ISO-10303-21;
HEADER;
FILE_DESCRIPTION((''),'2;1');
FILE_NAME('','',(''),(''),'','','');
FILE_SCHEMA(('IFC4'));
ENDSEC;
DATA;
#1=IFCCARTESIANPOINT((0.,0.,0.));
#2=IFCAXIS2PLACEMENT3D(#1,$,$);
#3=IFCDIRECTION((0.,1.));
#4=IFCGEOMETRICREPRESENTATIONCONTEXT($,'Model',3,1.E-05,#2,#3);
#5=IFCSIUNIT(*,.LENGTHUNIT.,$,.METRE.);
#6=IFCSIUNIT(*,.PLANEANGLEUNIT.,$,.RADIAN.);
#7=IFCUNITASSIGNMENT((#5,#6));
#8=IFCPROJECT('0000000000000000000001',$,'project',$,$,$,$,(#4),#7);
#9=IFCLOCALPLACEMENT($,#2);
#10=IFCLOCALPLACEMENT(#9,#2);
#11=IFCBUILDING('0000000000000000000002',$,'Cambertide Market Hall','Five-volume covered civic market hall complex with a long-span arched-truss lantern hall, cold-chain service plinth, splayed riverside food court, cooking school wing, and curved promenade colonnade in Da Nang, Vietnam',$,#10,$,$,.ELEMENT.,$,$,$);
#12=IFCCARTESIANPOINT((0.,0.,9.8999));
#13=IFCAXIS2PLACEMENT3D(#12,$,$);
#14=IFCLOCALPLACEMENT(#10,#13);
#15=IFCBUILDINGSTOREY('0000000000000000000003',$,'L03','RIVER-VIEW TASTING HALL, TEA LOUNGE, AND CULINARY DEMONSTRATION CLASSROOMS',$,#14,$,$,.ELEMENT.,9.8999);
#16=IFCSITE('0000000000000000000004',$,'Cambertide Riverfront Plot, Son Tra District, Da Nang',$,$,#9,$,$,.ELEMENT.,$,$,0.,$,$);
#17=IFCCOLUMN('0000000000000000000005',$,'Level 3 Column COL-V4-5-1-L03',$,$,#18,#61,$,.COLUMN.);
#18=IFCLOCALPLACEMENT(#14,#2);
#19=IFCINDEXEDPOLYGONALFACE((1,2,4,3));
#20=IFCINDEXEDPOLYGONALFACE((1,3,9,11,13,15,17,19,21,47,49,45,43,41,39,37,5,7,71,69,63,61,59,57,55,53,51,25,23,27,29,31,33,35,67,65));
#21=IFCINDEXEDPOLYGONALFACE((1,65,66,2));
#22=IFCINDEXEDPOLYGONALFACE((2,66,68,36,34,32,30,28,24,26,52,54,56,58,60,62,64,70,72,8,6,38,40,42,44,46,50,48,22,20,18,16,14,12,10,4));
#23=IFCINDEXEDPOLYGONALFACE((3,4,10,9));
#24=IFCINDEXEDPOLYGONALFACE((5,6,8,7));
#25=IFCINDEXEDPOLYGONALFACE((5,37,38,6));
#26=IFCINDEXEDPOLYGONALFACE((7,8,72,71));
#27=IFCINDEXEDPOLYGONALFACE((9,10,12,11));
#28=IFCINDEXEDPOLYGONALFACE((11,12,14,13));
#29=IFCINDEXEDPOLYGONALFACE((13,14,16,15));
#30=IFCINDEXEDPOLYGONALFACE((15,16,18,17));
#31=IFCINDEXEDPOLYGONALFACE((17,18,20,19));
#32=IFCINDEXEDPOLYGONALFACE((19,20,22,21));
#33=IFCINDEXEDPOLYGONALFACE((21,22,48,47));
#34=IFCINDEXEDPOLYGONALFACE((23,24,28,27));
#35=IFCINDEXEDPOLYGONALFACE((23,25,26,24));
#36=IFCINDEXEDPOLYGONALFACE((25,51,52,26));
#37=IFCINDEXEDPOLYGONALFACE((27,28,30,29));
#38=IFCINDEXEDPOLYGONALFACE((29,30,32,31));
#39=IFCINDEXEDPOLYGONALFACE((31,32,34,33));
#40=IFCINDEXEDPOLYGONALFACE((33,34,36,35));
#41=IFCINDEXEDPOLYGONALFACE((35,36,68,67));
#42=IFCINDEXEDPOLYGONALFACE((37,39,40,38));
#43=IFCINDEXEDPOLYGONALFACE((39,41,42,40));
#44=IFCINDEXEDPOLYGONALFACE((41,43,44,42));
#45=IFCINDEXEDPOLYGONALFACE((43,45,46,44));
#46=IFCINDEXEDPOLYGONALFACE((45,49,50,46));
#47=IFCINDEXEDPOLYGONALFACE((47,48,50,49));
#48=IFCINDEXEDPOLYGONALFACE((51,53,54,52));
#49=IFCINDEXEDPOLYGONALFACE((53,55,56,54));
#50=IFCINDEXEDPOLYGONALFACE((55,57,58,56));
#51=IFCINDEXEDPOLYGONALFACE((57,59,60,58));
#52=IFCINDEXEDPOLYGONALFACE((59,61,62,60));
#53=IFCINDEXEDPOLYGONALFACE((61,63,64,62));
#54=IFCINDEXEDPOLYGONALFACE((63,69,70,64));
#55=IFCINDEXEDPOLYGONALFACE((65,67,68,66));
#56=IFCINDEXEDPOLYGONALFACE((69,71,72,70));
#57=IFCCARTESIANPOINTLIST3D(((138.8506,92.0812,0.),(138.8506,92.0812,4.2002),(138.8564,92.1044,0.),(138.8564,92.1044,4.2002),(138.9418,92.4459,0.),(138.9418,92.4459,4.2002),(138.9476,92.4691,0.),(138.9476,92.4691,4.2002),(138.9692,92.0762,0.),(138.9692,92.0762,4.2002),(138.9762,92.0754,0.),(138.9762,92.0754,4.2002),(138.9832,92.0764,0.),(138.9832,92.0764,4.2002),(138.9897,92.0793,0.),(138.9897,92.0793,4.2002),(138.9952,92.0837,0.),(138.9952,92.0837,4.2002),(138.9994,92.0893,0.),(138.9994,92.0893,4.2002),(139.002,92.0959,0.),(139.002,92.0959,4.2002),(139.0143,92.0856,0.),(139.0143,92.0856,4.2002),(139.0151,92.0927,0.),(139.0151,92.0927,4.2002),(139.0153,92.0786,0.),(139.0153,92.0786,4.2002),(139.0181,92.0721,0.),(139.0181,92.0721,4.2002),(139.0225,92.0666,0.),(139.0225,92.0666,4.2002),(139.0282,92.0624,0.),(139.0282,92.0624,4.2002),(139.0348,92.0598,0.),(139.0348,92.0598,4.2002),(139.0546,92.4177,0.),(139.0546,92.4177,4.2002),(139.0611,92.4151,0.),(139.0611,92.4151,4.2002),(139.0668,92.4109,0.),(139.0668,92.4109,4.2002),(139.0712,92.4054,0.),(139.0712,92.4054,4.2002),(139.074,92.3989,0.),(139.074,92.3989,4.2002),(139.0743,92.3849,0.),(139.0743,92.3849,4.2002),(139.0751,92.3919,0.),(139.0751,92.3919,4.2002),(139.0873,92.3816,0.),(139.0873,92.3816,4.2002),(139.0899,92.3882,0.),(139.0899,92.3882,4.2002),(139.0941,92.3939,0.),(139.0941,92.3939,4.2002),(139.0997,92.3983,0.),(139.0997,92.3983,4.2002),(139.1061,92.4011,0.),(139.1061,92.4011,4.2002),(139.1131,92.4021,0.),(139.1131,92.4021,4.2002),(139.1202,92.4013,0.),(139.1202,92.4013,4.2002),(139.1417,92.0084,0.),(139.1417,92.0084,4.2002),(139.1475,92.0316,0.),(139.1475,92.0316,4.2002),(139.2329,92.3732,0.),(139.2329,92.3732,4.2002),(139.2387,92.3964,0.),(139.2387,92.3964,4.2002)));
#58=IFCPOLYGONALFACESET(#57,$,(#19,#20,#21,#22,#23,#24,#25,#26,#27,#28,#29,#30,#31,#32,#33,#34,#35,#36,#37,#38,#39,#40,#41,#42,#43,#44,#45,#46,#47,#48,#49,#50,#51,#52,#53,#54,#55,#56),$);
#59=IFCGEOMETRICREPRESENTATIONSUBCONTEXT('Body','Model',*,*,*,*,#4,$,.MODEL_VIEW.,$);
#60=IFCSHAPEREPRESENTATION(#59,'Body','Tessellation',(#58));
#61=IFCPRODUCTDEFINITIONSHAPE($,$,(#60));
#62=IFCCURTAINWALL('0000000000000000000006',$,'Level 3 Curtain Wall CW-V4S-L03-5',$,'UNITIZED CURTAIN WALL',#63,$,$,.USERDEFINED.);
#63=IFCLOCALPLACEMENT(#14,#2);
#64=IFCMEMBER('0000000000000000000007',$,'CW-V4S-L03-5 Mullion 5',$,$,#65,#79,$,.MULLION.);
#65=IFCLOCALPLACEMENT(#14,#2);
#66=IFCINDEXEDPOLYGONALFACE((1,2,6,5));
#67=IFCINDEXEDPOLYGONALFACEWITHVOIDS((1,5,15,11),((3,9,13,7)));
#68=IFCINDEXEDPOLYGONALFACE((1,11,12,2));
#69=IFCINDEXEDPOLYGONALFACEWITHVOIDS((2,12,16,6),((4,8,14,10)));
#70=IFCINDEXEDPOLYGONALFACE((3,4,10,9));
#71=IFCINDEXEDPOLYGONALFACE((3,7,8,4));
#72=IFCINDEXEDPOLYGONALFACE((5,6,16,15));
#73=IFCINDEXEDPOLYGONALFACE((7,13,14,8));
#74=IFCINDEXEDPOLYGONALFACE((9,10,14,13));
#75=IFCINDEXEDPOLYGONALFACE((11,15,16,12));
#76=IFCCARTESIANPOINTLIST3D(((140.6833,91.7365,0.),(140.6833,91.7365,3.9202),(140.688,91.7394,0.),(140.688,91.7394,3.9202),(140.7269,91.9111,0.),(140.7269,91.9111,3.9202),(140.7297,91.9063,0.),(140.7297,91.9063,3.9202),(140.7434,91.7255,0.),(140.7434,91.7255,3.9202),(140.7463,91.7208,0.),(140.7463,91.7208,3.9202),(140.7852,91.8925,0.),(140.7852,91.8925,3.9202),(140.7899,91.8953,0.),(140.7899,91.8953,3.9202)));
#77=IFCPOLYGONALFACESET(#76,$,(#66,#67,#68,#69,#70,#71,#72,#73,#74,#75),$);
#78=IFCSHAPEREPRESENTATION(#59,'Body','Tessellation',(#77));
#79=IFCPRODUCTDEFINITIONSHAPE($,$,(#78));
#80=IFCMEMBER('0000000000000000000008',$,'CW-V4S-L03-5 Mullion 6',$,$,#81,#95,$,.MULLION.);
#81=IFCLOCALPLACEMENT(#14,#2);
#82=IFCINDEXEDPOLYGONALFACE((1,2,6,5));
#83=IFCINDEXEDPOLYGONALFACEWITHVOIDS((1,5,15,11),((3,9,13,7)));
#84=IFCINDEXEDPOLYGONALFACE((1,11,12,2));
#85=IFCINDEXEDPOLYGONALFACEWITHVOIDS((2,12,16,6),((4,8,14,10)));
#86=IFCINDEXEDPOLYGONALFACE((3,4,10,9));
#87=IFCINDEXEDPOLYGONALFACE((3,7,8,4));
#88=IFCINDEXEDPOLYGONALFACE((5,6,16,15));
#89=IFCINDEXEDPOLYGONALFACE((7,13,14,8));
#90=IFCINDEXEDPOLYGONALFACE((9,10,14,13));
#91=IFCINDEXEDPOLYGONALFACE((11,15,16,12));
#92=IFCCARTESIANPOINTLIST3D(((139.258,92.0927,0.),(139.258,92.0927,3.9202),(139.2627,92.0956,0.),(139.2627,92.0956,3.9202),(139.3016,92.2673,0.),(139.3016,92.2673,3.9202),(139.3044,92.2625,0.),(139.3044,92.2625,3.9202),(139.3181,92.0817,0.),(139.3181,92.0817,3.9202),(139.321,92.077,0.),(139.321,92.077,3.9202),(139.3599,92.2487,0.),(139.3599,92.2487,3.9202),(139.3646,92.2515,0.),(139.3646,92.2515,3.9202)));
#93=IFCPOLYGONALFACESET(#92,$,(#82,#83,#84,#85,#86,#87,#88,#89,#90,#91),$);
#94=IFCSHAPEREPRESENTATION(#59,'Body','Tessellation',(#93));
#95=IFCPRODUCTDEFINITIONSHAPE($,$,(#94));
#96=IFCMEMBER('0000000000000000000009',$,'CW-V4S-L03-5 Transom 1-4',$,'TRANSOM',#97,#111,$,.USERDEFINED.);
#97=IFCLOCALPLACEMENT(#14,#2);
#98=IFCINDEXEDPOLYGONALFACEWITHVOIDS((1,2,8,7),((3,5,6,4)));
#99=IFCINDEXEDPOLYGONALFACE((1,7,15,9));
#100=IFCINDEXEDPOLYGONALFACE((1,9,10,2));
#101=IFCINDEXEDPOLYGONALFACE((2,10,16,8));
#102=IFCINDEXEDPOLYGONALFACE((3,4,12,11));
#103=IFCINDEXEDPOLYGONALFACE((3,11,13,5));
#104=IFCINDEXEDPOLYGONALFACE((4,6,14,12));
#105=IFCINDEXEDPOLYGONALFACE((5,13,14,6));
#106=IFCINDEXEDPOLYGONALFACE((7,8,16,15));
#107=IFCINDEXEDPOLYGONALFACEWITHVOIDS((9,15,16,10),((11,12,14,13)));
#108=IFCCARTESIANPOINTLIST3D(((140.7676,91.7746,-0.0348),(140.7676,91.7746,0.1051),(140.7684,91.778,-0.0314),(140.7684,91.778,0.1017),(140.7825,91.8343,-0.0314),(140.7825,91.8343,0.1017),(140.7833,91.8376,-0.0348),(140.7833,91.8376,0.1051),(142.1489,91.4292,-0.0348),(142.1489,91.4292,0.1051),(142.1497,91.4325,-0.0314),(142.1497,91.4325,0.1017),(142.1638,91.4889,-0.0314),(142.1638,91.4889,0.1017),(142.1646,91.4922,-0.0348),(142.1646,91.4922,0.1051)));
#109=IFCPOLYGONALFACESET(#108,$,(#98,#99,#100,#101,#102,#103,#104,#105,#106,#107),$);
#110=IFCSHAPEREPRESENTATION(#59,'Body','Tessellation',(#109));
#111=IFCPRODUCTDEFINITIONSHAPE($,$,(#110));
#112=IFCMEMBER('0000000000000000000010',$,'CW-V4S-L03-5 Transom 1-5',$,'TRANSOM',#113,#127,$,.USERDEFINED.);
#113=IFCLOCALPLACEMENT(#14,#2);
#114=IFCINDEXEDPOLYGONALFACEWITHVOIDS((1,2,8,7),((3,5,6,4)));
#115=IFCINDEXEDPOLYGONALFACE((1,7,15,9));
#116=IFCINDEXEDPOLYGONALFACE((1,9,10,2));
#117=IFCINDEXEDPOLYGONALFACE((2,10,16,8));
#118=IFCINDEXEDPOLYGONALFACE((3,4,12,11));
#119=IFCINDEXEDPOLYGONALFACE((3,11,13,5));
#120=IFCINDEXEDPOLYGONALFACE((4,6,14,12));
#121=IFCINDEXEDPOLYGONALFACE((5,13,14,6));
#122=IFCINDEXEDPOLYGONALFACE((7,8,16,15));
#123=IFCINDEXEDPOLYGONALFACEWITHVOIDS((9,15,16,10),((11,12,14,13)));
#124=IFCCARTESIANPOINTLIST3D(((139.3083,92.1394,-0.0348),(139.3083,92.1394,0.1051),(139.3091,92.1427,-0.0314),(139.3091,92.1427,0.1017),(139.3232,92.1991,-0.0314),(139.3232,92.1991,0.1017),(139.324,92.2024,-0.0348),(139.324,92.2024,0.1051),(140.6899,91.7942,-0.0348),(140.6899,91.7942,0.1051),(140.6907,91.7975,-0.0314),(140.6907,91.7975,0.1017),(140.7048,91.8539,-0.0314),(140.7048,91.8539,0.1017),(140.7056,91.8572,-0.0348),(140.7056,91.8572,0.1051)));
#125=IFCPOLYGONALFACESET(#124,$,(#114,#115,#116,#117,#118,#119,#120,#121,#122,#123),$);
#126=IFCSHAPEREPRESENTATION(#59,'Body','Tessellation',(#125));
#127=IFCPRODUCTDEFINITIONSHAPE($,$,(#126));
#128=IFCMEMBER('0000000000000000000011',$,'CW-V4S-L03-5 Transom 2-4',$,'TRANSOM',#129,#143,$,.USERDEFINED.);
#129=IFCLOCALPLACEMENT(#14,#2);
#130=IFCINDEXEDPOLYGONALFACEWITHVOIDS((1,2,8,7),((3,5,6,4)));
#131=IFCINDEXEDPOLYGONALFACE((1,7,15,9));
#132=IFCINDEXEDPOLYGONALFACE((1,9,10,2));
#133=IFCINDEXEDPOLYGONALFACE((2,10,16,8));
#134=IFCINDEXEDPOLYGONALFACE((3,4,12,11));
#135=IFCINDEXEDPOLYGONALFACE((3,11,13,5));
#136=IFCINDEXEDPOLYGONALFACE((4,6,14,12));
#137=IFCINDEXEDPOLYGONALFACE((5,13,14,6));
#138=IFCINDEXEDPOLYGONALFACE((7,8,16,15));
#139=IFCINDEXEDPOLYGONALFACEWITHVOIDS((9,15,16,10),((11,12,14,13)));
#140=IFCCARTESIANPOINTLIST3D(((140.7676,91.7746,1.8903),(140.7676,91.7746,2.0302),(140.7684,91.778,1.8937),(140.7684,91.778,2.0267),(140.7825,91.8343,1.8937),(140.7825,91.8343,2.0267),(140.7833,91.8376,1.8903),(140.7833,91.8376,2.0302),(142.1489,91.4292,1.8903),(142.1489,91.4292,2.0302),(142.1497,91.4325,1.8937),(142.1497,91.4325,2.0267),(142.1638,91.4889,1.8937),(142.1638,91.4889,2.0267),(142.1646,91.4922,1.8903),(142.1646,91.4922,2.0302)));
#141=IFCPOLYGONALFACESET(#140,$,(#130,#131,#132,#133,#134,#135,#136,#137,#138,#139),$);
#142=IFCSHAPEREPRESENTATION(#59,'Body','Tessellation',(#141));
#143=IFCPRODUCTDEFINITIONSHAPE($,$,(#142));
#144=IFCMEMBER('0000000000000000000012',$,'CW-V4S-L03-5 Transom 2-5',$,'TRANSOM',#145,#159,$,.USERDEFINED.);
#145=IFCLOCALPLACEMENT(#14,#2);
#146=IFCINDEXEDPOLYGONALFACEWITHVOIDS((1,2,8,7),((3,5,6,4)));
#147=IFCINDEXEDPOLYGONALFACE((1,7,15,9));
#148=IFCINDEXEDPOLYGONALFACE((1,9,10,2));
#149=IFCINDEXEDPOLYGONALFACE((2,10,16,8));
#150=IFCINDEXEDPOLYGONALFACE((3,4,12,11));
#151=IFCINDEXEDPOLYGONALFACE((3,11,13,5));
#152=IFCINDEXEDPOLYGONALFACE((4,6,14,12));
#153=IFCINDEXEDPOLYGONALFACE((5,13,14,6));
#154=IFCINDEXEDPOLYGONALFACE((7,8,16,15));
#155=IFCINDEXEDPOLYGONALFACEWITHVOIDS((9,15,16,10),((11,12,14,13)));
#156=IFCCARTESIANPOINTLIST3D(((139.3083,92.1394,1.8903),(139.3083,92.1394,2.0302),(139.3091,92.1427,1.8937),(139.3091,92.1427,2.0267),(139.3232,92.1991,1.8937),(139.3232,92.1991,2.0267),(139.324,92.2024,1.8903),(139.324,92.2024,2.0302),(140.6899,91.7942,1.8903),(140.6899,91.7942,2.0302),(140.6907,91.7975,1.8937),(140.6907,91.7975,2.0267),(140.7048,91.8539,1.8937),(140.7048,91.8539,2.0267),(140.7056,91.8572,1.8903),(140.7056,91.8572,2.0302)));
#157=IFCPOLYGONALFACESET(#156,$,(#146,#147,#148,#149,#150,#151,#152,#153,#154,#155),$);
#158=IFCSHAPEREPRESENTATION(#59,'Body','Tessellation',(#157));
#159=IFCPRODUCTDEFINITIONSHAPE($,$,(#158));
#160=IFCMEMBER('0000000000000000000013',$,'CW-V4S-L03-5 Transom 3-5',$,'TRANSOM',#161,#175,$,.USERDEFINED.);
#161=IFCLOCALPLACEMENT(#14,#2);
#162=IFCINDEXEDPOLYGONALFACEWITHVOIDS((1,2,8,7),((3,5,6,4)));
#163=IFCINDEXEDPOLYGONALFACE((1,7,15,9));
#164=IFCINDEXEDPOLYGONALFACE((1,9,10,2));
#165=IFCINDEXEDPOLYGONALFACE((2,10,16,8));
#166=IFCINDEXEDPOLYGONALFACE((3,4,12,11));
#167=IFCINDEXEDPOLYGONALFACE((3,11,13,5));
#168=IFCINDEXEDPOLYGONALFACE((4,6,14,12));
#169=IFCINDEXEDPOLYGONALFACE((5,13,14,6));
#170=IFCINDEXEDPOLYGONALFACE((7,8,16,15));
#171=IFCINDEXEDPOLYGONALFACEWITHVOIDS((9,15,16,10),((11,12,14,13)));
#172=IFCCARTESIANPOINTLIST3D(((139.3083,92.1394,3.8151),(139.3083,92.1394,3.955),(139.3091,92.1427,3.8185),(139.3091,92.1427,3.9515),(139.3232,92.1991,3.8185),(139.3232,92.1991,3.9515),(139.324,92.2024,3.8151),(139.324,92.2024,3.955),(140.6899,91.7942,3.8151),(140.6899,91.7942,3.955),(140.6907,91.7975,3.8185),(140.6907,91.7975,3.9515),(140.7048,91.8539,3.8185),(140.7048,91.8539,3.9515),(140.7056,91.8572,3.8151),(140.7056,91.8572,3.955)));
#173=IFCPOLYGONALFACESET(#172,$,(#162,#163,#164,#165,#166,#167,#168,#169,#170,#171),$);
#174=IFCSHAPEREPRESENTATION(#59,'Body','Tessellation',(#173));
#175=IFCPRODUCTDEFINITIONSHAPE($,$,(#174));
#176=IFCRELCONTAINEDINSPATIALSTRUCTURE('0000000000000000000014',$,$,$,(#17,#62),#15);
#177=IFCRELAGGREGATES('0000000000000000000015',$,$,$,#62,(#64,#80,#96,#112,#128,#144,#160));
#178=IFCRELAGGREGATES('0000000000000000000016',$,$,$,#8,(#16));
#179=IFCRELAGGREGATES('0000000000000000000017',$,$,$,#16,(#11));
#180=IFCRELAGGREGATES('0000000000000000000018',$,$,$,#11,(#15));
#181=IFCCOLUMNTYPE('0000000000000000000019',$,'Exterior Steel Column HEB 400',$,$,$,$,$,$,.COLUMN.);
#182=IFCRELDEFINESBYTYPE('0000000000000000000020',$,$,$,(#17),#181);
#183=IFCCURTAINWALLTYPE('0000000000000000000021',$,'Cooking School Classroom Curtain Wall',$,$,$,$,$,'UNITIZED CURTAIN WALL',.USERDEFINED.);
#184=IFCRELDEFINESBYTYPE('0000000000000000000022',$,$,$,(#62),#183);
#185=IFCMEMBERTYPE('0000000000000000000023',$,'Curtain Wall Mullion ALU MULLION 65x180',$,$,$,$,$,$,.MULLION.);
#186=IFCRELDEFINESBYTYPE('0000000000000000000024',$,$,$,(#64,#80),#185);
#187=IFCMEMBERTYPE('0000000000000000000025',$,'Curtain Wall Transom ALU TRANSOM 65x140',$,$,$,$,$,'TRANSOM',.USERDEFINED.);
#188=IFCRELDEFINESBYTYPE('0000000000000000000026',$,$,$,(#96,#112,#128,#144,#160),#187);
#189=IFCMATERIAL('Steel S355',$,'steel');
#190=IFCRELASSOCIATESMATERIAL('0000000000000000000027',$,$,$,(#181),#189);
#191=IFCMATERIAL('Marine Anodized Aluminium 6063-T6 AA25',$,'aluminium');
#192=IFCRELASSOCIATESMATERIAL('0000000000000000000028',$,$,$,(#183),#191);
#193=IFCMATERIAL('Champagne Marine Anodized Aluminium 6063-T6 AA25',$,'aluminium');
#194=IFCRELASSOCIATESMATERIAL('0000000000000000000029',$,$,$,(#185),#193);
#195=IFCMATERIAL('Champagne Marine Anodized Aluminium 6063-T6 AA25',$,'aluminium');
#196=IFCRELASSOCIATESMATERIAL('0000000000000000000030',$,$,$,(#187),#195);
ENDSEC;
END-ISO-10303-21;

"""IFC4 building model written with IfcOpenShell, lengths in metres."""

from ifc_helpers import new_model, si_unit, direction, frame, origin, origin_2d, place, context, subcontext, project, spatial, hollow_rectangle, i_section, extrude, material, material_profile, profile_set, type_object, element, aggregate, save


model = new_model("IFC4")

# Units and contexts
model_context = context("Model", 3, precision=1e-05, world=origin(), true_north=direction((0.0, 1.0)))
body_context = subcontext(model_context, "Body", "Model", "MODEL_VIEW")
ifc_project = project(units=[si_unit("LENGTHUNIT", "METRE"), si_unit("PLANEANGLEUNIT", "RADIAN")], contexts=[model_context])

# Site, building, storey
site_placement = place(None, origin())
site = spatial("IfcSite", under=ifc_project, at=site_placement, Name="Cambertide Riverfront Plot, Son Tra District, Da Nang", CompositionType="ELEMENT", RefElevation=0.0)
building_placement = place(site_placement, origin())
building = spatial("IfcBuilding", under=site, at=building_placement, Name="Cambertide Market Hall", Description="Five-volume covered civic market hall complex with a long-span arched-truss lantern hall, cold-chain service plinth, splayed riverside food court, cooking school wing, and curved promenade colonnade in Da Nang, Vietnam", CompositionType="ELEMENT")
storey_placement = place(building_placement, frame((0.0, 0.0, 9.8999)))
storey = spatial("IfcBuildingStorey", under=building, at=storey_placement, Name="L03", Description="RIVER-VIEW TASTING HALL, TEA LOUNGE, AND CULINARY DEMONSTRATION CLASSROOMS", CompositionType="ELEMENT", Elevation=9.8999)

# Column
ifc_material_1 = material(Name="Steel S355", Category="steel")
ifc_material_profile_1 = material_profile(ifc_material_1, i_section(OverallWidth=0.3, OverallDepth=0.3999, WebThickness=0.0134, FlangeThickness=0.0239, FilletRadius=0.0271, at=origin_2d()), Name="HEB 400")
ifc_profile_set_1 = profile_set([ifc_material_profile_1], Name="Steel S355")
column_type = type_object("IfcColumnType", Name="Exterior Steel Column HEB 400", PredefinedType="COLUMN", material=ifc_profile_set_1)
column_placement = place(storey_placement, frame((139.0447, 92.2388, 0.0), z_axis=(0.0, 0.0, 1.0), x_axis=(0.970143, -0.242536, 0.0)))
element("IfcColumn", 1, at=column_placement, inside=storey, type_object=column_type, Name="Level 3 Column COL-V4-5-1-L03", PredefinedType="COLUMN", context=body_context, shape_type="SweptSolid", body=[
    extrude(i_section(OverallWidth=0.3, OverallDepth=0.3999, WebThickness=0.0134, FlangeThickness=0.0239, FilletRadius=0.0271, at=origin_2d()), origin(), (0.0, 0.0, 1.0), 4.2002),
])

# Curtain wall, members
ifc_material_2 = material(Name="Marine Anodized Aluminium 6063-T6 AA25", Category="aluminium")
curtain_wall_type = type_object("IfcCurtainWallType", Name="Cooking School Classroom Curtain Wall", ElementType="UNITIZED CURTAIN WALL", PredefinedType="USERDEFINED", material=ifc_material_2)
curtain_wall_placement = place(storey_placement, origin())
curtain_wall = element("IfcCurtainWall", 2, at=curtain_wall_placement, inside=storey, type_object=curtain_wall_type, Name="Level 3 Curtain Wall CW-V4S-L03-5", ObjectType="UNITIZED CURTAIN WALL", PredefinedType="USERDEFINED")
ifc_material_3 = material(Name="Champagne Marine Anodized Aluminium 6063-T6 AA25", Category="aluminium")
ifc_material_profile_2 = material_profile(ifc_material_3, hollow_rectangle(XDim=0.0649, YDim=0.1799, WallThickness=0.0039, at=origin_2d()), Name="ALU MULLION 65x180")
ifc_profile_set_2 = profile_set([ifc_material_profile_2], Name="Champagne Marine Anodized Aluminium 6063-T6 AA25")
member_type_1 = type_object("IfcMemberType", Name="Curtain Wall Mullion ALU MULLION 65x180", PredefinedType="MULLION", material=ifc_profile_set_2)
member_1_placement = place(storey_placement, frame((140.7366, 91.8159, 0.0), z_axis=(0.0, 0.0, 1.0), x_axis=(-0.970143, 0.242535, 0.0)))
member_1 = element("IfcMember", 3, at=member_1_placement, type_object=member_type_1, Name="CW-V4S-L03-5 Mullion 5", PredefinedType="MULLION", context=body_context, shape_type="SweptSolid", body=[
    extrude(hollow_rectangle(XDim=0.0649, YDim=0.1799, WallThickness=0.0039, at=origin_2d()), origin(), (0.0, 0.0, 1.0), 3.9202),
])
member_2_placement = place(storey_placement, frame((139.3113, 92.1721, 0.0), z_axis=(0.0, 0.0, 1.0), x_axis=(-0.970143, 0.242535, 0.0)))
member_2 = element("IfcMember", 4, at=member_2_placement, type_object=member_type_1, Name="CW-V4S-L03-5 Mullion 6", PredefinedType="MULLION", context=body_context, shape_type="SweptSolid", body=[
    extrude(hollow_rectangle(XDim=0.0649, YDim=0.1799, WallThickness=0.0039, at=origin_2d()), origin(), (0.0, 0.0, 1.0), 3.9202),
])
ifc_material_4 = material(Name="Champagne Marine Anodized Aluminium 6063-T6 AA25", Category="aluminium")
ifc_material_profile_3 = material_profile(ifc_material_4, hollow_rectangle(XDim=0.0649, YDim=0.1399, WallThickness=0.0034, at=origin_2d()), Name="ALU TRANSOM 65x140")
ifc_profile_set_3 = profile_set([ifc_material_profile_3], Name="Champagne Marine Anodized Aluminium 6063-T6 AA25")
member_type_2 = type_object("IfcMemberType", Name="Curtain Wall Transom ALU TRANSOM 65x140", ElementType="TRANSOM", PredefinedType="USERDEFINED", material=ifc_profile_set_3)
member_3_placement = place(storey_placement, frame((142.1567, 91.4607, 0.0352), z_axis=(-0.970122, 0.242616, 0.0), x_axis=(-0.242616, -0.970122, 0.0)))
member_3 = element("IfcMember", 5, at=member_3_placement, type_object=member_type_2, Name="CW-V4S-L03-5 Transom 1-4", ObjectType="TRANSOM", PredefinedType="USERDEFINED", context=body_context, shape_type="SweptSolid", body=[
    extrude(hollow_rectangle(XDim=0.0649, YDim=0.1399, WallThickness=0.0034, at=origin_2d()), origin(), (0.0, 0.0, 1.0), 1.4238),
])
member_4_placement = place(storey_placement, frame((140.6978, 91.8257, 0.0352), z_axis=(-0.970173, 0.242415, 0.0), x_axis=(-0.242415, -0.970173, 0.0)))
member_4 = element("IfcMember", 6, at=member_4_placement, type_object=member_type_2, Name="CW-V4S-L03-5 Transom 1-5", ObjectType="TRANSOM", PredefinedType="USERDEFINED", context=body_context, shape_type="SweptSolid", body=[
    extrude(hollow_rectangle(XDim=0.0649, YDim=0.1399, WallThickness=0.0034, at=origin_2d()), origin(), (0.0, 0.0, 1.0), 1.4241),
])
member_5_placement = place(storey_placement, frame((142.1567, 91.4607, 1.9602), z_axis=(-0.970122, 0.242616, 0.0), x_axis=(-0.242616, -0.970122, 0.0)))
member_5 = element("IfcMember", 7, at=member_5_placement, type_object=member_type_2, Name="CW-V4S-L03-5 Transom 2-4", ObjectType="TRANSOM", PredefinedType="USERDEFINED", context=body_context, shape_type="SweptSolid", body=[
    extrude(hollow_rectangle(XDim=0.0649, YDim=0.1399, WallThickness=0.0034, at=origin_2d()), origin(), (0.0, 0.0, 1.0), 1.4238),
])
member_6_placement = place(storey_placement, frame((140.6978, 91.8257, 1.9602), z_axis=(-0.970173, 0.242415, 0.0), x_axis=(-0.242415, -0.970173, 0.0)))
member_6 = element("IfcMember", 8, at=member_6_placement, type_object=member_type_2, Name="CW-V4S-L03-5 Transom 2-5", ObjectType="TRANSOM", PredefinedType="USERDEFINED", context=body_context, shape_type="SweptSolid", body=[
    extrude(hollow_rectangle(XDim=0.0649, YDim=0.1399, WallThickness=0.0034, at=origin_2d()), origin(), (0.0, 0.0, 1.0), 1.4241),
])
member_7_placement = place(storey_placement, frame((140.6978, 91.8257, 3.885), z_axis=(-0.970173, 0.242415, 0.0), x_axis=(-0.242415, -0.970173, 0.0)))
member_7 = element("IfcMember", 9, at=member_7_placement, type_object=member_type_2, Name="CW-V4S-L03-5 Transom 3-5", ObjectType="TRANSOM", PredefinedType="USERDEFINED", context=body_context, shape_type="SweptSolid", body=[
    extrude(hollow_rectangle(XDim=0.0649, YDim=0.1399, WallThickness=0.0034, at=origin_2d()), origin(), (0.0, 0.0, 1.0), 1.4241),
])

aggregate(curtain_wall, [member_1, member_2, member_3, member_4, member_5, member_6, member_7])

save(model, "model.ifc")
